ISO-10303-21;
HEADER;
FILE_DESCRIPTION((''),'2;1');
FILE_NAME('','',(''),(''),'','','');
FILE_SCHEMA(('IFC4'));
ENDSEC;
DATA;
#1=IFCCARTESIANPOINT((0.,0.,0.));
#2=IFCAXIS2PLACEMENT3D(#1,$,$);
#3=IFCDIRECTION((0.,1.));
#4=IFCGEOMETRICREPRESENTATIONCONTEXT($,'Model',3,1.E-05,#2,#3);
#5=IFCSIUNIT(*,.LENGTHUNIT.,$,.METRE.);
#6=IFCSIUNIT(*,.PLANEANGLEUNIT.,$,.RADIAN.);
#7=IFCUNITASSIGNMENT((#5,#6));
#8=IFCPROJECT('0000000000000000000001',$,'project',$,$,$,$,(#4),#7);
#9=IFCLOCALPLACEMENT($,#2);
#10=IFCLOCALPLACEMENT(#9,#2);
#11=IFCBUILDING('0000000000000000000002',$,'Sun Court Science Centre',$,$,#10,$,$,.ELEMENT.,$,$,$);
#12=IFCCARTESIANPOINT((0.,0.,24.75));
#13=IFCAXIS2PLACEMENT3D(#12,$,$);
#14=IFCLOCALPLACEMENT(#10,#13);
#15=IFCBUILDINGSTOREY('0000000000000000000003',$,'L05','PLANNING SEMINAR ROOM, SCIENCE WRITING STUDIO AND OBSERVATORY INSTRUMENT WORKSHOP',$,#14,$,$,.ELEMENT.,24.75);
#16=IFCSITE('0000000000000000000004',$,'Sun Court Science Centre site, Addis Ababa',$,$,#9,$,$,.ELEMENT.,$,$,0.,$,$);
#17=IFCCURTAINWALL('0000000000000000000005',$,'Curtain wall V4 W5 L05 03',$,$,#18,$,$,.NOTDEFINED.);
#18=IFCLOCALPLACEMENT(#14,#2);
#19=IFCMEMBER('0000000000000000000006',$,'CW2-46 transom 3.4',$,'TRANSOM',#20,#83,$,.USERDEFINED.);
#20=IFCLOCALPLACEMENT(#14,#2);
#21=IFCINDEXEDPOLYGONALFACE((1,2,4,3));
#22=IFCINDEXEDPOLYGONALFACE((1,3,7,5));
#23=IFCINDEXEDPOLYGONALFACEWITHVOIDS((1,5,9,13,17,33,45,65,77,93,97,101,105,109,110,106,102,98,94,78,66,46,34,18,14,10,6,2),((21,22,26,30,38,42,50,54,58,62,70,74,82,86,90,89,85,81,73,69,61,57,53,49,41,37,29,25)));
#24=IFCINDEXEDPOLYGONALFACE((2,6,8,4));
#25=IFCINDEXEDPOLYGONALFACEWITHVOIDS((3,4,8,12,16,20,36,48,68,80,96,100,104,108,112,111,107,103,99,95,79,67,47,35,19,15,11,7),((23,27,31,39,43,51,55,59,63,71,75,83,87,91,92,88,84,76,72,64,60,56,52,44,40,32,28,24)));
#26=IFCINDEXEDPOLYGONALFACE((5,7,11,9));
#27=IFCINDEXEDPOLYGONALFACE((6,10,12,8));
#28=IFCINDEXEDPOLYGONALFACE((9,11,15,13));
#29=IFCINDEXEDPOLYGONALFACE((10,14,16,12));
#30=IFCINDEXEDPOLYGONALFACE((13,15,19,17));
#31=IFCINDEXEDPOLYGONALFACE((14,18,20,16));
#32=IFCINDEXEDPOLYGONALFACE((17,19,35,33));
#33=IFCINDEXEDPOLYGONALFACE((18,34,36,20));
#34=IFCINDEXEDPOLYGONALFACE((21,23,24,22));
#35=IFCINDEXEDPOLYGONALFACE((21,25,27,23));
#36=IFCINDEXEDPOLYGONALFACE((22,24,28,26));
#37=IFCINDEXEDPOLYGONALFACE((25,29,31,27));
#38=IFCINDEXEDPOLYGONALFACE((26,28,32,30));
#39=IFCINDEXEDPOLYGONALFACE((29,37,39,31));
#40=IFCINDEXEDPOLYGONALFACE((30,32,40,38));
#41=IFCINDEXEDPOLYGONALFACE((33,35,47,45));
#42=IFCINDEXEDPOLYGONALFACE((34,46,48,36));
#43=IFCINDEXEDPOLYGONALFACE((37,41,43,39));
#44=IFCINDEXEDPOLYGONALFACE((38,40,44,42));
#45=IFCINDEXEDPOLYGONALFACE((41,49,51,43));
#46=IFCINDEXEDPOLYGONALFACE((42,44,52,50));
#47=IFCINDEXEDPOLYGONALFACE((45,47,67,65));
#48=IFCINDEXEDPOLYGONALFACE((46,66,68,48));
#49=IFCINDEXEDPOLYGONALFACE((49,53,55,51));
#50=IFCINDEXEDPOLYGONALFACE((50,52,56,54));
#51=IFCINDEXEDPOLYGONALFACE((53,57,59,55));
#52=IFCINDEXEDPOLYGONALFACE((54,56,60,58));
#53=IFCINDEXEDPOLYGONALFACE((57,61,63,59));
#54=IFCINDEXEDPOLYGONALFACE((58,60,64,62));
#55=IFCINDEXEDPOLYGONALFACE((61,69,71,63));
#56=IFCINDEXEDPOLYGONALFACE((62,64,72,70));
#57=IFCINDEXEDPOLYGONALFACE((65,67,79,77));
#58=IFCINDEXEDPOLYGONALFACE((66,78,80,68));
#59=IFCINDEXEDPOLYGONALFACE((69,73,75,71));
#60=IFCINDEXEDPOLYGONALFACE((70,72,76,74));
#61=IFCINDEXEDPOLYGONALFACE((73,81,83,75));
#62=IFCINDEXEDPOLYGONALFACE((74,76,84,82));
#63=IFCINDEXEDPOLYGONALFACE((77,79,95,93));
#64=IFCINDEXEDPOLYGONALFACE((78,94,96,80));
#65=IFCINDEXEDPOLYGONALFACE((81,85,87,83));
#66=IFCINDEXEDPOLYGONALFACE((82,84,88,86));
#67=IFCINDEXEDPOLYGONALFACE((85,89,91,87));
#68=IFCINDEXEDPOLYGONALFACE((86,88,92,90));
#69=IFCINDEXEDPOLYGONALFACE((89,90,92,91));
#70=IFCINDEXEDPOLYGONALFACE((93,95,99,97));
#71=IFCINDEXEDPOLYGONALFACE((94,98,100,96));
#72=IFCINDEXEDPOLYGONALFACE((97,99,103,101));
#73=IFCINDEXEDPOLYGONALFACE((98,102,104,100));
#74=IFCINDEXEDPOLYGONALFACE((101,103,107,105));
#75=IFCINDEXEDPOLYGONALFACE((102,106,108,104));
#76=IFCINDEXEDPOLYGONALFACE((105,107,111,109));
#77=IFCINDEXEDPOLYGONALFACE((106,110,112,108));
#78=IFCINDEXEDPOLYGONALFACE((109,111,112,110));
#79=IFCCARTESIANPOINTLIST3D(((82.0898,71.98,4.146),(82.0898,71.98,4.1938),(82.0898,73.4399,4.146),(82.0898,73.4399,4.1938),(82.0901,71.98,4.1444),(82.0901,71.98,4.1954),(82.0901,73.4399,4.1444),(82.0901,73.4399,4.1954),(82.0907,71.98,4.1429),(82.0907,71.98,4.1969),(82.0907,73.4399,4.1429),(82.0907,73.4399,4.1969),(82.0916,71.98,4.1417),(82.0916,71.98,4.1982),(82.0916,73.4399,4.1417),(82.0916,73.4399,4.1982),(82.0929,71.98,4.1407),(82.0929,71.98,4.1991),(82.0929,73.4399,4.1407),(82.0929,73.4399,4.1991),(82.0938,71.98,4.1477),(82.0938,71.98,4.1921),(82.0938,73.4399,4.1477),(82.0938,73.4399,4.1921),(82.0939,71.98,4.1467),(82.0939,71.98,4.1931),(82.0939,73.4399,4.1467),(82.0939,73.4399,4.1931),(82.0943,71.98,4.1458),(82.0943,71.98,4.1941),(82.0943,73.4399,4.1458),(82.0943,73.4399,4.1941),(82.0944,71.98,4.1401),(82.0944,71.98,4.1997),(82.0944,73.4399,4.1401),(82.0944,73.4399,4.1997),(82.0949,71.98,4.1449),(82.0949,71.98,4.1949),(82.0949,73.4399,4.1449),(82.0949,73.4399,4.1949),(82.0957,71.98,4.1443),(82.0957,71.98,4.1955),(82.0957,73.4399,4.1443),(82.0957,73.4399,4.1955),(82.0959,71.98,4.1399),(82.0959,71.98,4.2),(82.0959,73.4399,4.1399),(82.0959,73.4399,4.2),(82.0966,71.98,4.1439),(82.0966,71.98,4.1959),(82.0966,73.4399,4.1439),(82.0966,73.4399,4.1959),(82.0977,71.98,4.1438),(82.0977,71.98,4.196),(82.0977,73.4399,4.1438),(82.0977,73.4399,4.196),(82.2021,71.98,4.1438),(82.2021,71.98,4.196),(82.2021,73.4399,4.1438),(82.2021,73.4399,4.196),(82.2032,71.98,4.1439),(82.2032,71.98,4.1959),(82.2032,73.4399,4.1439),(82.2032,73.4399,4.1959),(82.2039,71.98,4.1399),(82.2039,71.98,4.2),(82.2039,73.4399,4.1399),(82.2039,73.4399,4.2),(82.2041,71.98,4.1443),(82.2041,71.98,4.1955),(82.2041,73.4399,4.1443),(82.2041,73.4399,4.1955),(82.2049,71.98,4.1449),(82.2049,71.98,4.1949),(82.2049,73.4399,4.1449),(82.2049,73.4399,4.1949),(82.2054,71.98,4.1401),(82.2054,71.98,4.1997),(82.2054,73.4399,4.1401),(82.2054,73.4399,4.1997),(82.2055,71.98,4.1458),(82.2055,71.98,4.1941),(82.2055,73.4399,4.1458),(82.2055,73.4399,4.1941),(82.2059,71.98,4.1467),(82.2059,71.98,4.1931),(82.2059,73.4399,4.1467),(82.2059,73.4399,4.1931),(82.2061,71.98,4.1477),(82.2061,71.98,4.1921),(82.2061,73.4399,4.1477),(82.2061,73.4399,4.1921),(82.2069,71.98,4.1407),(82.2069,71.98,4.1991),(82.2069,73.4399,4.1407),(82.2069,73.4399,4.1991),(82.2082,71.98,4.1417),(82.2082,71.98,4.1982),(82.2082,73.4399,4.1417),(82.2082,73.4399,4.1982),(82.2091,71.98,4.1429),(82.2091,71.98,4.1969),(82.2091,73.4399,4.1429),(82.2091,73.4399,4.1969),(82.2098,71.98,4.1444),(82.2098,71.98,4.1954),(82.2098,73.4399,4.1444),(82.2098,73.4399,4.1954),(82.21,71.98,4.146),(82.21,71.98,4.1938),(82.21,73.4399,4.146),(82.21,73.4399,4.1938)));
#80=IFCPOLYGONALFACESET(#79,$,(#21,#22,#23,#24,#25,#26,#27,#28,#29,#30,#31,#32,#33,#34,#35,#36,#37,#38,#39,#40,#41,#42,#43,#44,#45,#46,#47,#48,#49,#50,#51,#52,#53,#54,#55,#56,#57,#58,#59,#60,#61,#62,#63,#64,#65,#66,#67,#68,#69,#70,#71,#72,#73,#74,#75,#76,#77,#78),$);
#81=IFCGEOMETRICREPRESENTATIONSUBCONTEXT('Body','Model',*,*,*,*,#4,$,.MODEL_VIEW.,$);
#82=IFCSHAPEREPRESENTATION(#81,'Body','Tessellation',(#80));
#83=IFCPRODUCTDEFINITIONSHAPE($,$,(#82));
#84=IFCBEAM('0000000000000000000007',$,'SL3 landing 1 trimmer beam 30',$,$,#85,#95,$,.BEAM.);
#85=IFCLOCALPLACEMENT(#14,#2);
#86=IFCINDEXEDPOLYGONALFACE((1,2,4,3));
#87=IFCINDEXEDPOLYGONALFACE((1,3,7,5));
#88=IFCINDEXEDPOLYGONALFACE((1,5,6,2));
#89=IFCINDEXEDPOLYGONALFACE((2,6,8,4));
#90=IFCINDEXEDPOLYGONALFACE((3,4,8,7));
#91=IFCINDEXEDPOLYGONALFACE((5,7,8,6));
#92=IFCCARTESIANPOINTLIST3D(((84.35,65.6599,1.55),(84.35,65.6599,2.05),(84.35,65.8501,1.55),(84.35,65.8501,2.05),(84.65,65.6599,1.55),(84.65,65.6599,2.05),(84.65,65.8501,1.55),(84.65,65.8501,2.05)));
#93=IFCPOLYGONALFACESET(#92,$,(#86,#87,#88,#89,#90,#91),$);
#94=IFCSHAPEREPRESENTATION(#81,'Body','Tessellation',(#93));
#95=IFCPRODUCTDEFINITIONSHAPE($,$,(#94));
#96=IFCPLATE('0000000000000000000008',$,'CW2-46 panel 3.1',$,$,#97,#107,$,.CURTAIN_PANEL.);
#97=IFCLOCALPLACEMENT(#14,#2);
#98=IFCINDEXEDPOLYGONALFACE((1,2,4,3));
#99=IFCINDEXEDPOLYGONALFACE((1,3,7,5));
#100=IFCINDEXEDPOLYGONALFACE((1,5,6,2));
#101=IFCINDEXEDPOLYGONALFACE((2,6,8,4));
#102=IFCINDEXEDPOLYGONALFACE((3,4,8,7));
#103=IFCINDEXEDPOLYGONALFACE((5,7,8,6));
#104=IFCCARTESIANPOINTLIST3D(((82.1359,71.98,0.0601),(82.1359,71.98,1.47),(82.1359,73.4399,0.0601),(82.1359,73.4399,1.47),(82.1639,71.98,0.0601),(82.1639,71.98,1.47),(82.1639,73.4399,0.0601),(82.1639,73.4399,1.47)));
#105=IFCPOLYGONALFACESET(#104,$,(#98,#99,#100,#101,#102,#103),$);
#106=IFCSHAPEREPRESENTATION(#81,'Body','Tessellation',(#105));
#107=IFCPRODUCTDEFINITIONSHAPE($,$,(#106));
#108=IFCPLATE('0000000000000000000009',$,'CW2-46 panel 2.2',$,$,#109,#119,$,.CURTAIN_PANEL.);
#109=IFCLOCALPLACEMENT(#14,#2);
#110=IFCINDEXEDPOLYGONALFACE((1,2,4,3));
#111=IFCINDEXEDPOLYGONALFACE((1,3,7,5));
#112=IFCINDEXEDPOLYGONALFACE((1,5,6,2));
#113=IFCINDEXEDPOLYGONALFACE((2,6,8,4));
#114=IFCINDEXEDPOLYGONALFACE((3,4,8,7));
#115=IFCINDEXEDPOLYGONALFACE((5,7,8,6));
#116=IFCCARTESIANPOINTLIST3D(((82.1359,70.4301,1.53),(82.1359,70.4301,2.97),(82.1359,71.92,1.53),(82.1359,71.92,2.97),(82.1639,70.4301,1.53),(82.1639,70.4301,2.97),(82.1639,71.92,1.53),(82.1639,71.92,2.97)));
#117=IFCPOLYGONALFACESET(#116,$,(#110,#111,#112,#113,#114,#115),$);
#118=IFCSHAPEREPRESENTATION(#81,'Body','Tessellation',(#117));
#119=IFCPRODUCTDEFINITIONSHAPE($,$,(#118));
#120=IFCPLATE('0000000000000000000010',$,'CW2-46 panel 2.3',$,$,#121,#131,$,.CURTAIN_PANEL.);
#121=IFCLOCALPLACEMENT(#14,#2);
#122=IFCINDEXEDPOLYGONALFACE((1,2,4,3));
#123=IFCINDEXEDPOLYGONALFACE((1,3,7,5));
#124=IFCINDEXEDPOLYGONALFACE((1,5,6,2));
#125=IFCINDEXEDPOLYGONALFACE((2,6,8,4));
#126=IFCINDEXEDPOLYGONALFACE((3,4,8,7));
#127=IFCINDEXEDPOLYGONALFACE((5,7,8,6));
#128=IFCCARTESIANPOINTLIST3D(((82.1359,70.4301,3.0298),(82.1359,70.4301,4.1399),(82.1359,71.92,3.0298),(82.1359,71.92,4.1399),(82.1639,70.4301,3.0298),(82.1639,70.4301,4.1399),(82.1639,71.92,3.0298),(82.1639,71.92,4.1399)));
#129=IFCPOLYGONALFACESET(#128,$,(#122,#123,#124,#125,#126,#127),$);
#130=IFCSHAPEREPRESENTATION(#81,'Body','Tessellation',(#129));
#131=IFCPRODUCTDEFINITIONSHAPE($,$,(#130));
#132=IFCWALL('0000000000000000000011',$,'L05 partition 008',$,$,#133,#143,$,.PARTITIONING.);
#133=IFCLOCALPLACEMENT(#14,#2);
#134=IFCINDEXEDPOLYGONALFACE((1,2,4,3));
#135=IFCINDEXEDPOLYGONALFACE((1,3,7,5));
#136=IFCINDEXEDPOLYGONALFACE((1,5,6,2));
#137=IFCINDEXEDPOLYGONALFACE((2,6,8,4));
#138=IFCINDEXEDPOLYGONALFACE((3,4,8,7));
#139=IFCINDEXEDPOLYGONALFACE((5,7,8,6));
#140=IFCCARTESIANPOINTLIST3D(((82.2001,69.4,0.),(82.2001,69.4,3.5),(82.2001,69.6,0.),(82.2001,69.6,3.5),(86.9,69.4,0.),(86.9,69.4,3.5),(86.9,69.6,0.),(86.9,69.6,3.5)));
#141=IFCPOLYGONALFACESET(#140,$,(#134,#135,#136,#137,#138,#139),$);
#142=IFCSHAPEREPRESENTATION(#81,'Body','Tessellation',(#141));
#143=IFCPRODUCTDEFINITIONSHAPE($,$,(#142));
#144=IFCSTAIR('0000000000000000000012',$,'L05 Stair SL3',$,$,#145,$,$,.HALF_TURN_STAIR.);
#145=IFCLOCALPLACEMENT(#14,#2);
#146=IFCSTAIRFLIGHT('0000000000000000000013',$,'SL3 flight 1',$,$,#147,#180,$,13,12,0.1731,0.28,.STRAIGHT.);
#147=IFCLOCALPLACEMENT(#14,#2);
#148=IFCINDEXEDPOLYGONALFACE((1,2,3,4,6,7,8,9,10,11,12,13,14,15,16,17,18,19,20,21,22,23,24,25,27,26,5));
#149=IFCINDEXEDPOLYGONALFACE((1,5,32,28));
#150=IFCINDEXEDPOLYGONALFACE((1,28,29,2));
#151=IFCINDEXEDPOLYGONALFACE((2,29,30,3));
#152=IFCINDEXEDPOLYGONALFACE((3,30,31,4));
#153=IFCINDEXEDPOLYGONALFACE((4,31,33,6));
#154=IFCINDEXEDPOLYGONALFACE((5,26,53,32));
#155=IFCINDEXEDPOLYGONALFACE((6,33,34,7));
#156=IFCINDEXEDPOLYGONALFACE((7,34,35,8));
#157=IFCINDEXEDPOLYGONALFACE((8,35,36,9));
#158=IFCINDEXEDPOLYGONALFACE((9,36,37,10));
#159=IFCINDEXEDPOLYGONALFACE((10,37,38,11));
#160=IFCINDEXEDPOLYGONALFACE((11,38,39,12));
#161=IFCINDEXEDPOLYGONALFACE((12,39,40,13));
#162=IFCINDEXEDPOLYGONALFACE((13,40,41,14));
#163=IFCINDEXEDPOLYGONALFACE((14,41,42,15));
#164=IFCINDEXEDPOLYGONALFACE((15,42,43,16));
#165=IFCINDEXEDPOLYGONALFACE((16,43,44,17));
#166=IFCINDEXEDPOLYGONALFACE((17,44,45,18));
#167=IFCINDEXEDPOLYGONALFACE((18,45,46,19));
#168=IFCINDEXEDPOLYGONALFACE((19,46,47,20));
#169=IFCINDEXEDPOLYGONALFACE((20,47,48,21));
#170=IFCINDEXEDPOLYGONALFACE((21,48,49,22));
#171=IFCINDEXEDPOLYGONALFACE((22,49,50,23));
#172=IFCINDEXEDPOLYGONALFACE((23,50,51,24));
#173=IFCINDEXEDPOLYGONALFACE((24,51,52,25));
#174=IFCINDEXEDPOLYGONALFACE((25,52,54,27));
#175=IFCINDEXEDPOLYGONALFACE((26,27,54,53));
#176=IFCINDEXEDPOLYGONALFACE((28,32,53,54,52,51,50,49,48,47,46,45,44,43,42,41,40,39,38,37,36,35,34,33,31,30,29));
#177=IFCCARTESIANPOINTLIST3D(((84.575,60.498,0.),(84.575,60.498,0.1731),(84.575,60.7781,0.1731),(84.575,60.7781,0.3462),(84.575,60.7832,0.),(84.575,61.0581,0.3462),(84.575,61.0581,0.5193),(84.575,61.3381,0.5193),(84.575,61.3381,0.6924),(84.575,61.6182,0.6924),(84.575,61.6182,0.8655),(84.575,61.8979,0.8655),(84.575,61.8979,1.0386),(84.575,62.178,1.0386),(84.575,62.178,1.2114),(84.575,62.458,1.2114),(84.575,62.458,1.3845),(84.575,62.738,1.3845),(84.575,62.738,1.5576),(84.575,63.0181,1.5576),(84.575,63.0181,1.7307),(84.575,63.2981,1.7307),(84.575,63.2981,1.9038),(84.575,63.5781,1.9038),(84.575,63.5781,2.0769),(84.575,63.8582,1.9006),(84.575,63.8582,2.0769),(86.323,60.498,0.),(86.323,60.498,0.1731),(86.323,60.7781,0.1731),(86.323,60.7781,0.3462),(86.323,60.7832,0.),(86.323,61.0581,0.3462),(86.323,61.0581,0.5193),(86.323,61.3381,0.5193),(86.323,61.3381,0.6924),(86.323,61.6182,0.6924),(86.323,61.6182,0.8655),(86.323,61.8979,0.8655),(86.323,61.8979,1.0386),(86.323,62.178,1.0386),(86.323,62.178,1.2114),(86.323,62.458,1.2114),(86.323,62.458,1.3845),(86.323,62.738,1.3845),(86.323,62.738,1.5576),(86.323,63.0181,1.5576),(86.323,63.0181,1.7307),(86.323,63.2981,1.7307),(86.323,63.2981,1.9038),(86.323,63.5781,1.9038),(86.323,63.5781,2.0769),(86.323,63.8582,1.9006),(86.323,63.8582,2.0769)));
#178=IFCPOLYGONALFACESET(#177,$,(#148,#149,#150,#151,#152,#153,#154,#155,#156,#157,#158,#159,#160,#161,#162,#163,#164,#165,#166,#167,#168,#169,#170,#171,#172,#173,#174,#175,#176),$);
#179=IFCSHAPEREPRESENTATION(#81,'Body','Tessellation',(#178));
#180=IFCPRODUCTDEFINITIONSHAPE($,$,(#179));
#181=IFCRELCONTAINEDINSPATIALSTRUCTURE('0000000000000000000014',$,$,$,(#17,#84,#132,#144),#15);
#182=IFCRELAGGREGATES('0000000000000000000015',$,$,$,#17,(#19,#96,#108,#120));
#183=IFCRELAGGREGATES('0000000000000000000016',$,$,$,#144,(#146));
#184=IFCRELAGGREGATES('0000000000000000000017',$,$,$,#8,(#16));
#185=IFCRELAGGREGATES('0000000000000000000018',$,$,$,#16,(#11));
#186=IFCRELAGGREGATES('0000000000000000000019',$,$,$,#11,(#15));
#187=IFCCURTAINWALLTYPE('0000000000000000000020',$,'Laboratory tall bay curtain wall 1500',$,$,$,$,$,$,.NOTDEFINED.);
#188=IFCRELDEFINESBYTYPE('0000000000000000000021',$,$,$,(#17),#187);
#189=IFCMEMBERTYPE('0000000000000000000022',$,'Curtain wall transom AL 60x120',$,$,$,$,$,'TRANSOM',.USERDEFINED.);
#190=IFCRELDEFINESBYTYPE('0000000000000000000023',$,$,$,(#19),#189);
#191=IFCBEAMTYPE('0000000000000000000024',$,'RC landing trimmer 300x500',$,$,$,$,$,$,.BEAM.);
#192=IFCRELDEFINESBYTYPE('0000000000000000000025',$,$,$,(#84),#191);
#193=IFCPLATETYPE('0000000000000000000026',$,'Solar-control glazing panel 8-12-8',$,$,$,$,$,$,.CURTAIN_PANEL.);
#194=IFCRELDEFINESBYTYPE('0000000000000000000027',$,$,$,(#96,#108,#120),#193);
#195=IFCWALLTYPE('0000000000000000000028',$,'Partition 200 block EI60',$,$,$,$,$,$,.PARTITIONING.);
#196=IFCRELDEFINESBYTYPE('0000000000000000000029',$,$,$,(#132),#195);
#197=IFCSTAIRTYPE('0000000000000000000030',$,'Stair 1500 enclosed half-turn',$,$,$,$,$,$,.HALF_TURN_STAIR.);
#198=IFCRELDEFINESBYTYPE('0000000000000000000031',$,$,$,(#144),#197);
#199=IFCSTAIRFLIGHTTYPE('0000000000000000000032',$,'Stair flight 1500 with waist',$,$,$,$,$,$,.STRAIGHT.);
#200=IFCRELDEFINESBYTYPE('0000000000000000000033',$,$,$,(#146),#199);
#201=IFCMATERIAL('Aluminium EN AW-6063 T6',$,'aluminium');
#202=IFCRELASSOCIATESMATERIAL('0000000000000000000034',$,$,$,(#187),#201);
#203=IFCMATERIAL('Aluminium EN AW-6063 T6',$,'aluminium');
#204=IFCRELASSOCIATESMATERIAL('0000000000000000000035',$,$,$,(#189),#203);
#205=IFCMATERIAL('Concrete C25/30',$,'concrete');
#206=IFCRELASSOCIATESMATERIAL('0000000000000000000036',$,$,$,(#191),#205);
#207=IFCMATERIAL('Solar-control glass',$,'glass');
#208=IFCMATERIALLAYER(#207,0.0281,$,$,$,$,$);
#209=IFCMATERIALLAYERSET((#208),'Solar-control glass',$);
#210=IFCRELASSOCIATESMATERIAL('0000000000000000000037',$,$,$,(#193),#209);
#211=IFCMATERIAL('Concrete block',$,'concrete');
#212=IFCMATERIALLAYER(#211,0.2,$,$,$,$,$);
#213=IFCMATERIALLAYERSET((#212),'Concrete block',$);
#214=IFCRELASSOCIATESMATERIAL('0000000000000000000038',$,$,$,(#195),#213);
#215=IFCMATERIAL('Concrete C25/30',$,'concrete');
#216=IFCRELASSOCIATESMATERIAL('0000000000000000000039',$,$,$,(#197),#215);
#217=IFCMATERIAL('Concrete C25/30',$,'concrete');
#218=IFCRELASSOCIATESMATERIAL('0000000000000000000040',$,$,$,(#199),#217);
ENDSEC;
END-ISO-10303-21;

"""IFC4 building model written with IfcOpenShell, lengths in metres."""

from ifc_helpers import new_model, si_unit, direction, frame, frame_2d, origin, origin_2d, place, context, subcontext, project, spatial, polyline, rectangle, hollow_rectangle, outline, extrude, material, layer, layer_set, material_profile, profile_set, type_object, element, aggregate, save


model = new_model("IFC4")

# Units and contexts
model_context = context("Model", 3, precision=1e-05, world=origin(), true_north=direction((0.0, 1.0)))
body_context = subcontext(model_context, "Body", "Model", "MODEL_VIEW")
ifc_project = project(units=[si_unit("LENGTHUNIT", "METRE"), si_unit("PLANEANGLEUNIT", "RADIAN")], contexts=[model_context])

# Site, building, storey
site_placement = place(None, origin())
site = spatial("IfcSite", under=ifc_project, at=site_placement, Name="Sun Court Science Centre site, Addis Ababa", CompositionType="ELEMENT", RefElevation=0.0)
building_placement = place(site_placement, origin())
building = spatial("IfcBuilding", under=site, at=building_placement, Name="Sun Court Science Centre", CompositionType="ELEMENT")
storey_placement = place(building_placement, frame((0.0, 0.0, 24.75)))
storey = spatial("IfcBuildingStorey", under=building, at=storey_placement, Name="L05", Description="PLANNING SEMINAR ROOM, SCIENCE WRITING STUDIO AND OBSERVATORY INSTRUMENT WORKSHOP", CompositionType="ELEMENT", Elevation=24.75)

# Curtain wall, member
ifc_material_1 = material(Name="Aluminium EN AW-6063 T6", Category="aluminium")
curtain_wall_type = type_object("IfcCurtainWallType", Name="Laboratory tall bay curtain wall 1500", PredefinedType="NOTDEFINED", material=ifc_material_1)
curtain_wall_placement = place(storey_placement, origin())
curtain_wall = element("IfcCurtainWall", 1, at=curtain_wall_placement, inside=storey, type_object=curtain_wall_type, Name="Curtain wall V4 W5 L05 03", PredefinedType="NOTDEFINED")
ifc_material_2 = material(Name="Aluminium EN AW-6063 T6", Category="aluminium")
ifc_material_profile_1 = material_profile(ifc_material_2, hollow_rectangle(XDim=0.0601, YDim=0.1201, WallThickness=0.0039, InnerFilletRadius=0.0039, OuterFilletRadius=0.0061, at=origin_2d()), Name="AL 60x120x4")
ifc_profile_set_1 = profile_set([ifc_material_profile_1], Name="Aluminium EN AW-6063 T6")
member_type_1 = type_object("IfcMemberType", Name="Curtain wall transom AL 60x120", ElementType="TRANSOM", PredefinedType="USERDEFINED", material=ifc_profile_set_1)
member_1_placement = place(storey_placement, frame((82.1499, 71.98, 4.1699), z_axis=(0.0, 1.0, 0.0), x_axis=(0.0, 0.0, 1.0)))
member_1 = element("IfcMember", 2, at=member_1_placement, type_object=member_type_1, Name="CW2-46 transom 3.4", ObjectType="TRANSOM", PredefinedType="USERDEFINED", context=body_context, shape_type="SweptSolid", body=[
    extrude(hollow_rectangle(XDim=0.0601, YDim=0.1201, WallThickness=0.0039, InnerFilletRadius=0.0039, OuterFilletRadius=0.0061, at=origin_2d()), origin(), (0.0, 0.0, 1.0), 1.46),
])

# Beam
ifc_material_3 = material(Name="Concrete C25/30", Category="concrete")
ifc_material_profile_2 = material_profile(ifc_material_3, rectangle(XDim=0.3, YDim=0.5, at=origin_2d()), Name="RC 300x500")
ifc_profile_set_2 = profile_set([ifc_material_profile_2], Name="Concrete C25/30")
beam_type = type_object("IfcBeamType", Name="RC landing trimmer 300x500", PredefinedType="BEAM", material=ifc_profile_set_2)
beam_placement = place(storey_placement, frame((84.5, 65.8501, 1.8), z_axis=(0.0, -1.0, 0.0), x_axis=(1.0, 0.0, 0.0)))
element("IfcBeam", 3, at=beam_placement, inside=storey, type_object=beam_type, Name="SL3 landing 1 trimmer beam 30", PredefinedType="BEAM", context=body_context, shape_type="SweptSolid", body=[
    extrude(rectangle(XDim=0.3, YDim=0.5, at=origin_2d()), origin(), (0.0, 0.0, 1.0), 0.1902),
])

# Plates
ifc_material_4 = material(Name="Solar-control glass", Category="glass")
ifc_layer_1 = layer(ifc_material_4, 0.0281)
ifc_layer_set_1 = layer_set([ifc_layer_1], Name="Solar-control glass")
plate_type = type_object("IfcPlateType", Name="Solar-control glazing panel 8-12-8", PredefinedType="CURTAIN_PANEL", material=ifc_layer_set_1)
plate_1_placement = place(storey_placement, frame((82.1499, 72.71, 0.0601), z_axis=(0.0, 0.0, 1.0), x_axis=(0.0, 1.0, 0.0)))
plate_1 = element("IfcPlate", 4, at=plate_1_placement, type_object=plate_type, Name="CW2-46 panel 3.1", PredefinedType="CURTAIN_PANEL", context=body_context, shape_type="SweptSolid", body=[
    extrude(rectangle(XDim=1.46, YDim=0.0281, at=origin_2d()), origin(), (0.0, 0.0, 1.0), 1.4099),
])
plate_2_placement = place(storey_placement, frame((82.1499, 71.175, 1.53), z_axis=(0.0, 0.0, 1.0), x_axis=(0.0, 1.0, 0.0)))
plate_2 = element("IfcPlate", 5, at=plate_2_placement, type_object=plate_type, Name="CW2-46 panel 2.2", PredefinedType="CURTAIN_PANEL", context=body_context, shape_type="SweptSolid", body=[
    extrude(rectangle(XDim=1.49, YDim=0.0281, at=origin_2d()), origin(), (0.0, 0.0, 1.0), 1.4399),
])
plate_3_placement = place(storey_placement, frame((82.1499, 71.175, 3.0298), z_axis=(0.0, 0.0, 1.0), x_axis=(0.0, 1.0, 0.0)))
plate_3 = element("IfcPlate", 6, at=plate_3_placement, type_object=plate_type, Name="CW2-46 panel 2.3", PredefinedType="CURTAIN_PANEL", context=body_context, shape_type="SweptSolid", body=[
    extrude(rectangle(XDim=1.49, YDim=0.0281, at=origin_2d()), origin(), (0.0, 0.0, 1.0), 1.1101),
])
aggregate(curtain_wall, [member_1, plate_1, plate_2, plate_3])

# Wall
ifc_material_5 = material(Name="Concrete block", Category="concrete")
ifc_layer_2 = layer(ifc_material_5, 0.2)
ifc_layer_set_2 = layer_set([ifc_layer_2], Name="Concrete block")
wall_type = type_object("IfcWallType", Name="Partition 200 block EI60", PredefinedType="PARTITIONING", material=ifc_layer_set_2)
wall_placement = place(storey_placement, frame((82.2, 69.5, 0.0), z_axis=(0.0, 0.0, 1.0), x_axis=(1.0, 0.0, 0.0)))
element("IfcWall", 7, at=wall_placement, inside=storey, type_object=wall_type, Name="L05 partition 008", PredefinedType="PARTITIONING", context=body_context, shape_type="SweptSolid", body=[
    extrude(rectangle(XDim=4.7, YDim=0.2, at=frame_2d((2.3501, 0.0))), origin(), (0.0, 0.0, 1.0), 3.5),
])

# Stair, stair flight
ifc_material_6 = material(Name="Concrete C25/30", Category="concrete")
stair_type = type_object("IfcStairType", Name="Stair 1500 enclosed half-turn", PredefinedType="HALF_TURN_STAIR", material=ifc_material_6)
stair_placement = place(storey_placement, origin())
stair = element("IfcStair", 8, at=stair_placement, inside=storey, type_object=stair_type, Name="L05 Stair SL3", PredefinedType="HALF_TURN_STAIR")
ifc_material_7 = material(Name="Concrete C25/30", Category="concrete")
stair_flight_type = type_object("IfcStairFlightType", Name="Stair flight 1500 with waist", PredefinedType="STRAIGHT", material=ifc_material_7)
stair_flight_1_placement = place(storey_placement, frame((85.449, 60.498, 0.0), z_axis=(0.0, 0.0, 1.0), x_axis=(0.0, 1.0, 0.0)))
stair_flight_1 = element("IfcStairFlight", 9, at=stair_flight_1_placement, type_object=stair_flight_type, Name="SL3 flight 1", NumberOfRisers=13, NumberOfTreads=12, PredefinedType="STRAIGHT", RiserHeight=0.1731, TreadLength=0.28, context=body_context, shape_type="SweptSolid", body=[
    extrude(outline(polyline([(0.0, 0.0), (0.0, 0.1731), (0.28, 0.1731), (0.28, 0.3462), (0.5601, 0.3462), (0.5601, 0.5193), (0.8401, 0.5193), (0.8401, 0.6924), (1.1201, 0.6924), (1.1201, 0.8655), (1.3999, 0.8655), (1.3999, 1.0386), (1.6799, 1.0386), (1.6799, 1.2114), (1.96, 1.2114), (1.96, 1.3845), (2.24, 1.3845), (2.24, 1.5576), (2.52, 1.5576), (2.52, 1.7307), (2.8, 1.7307), (2.8, 1.9038), (3.0801, 1.9038), (3.0801, 2.0769), (3.3601, 2.0769), (3.3601, 2.25), (3.3601, 1.9006), (0.2852, 0.0), (0.0, 0.0)])), frame((0.0, 0.874, 0.0), z_axis=(0.0, -1.0, 0.0), x_axis=(1.0, 0.0, 0.0)), (0.0, 0.0, 1.0), 1.748),
])
aggregate(stair, [stair_flight_1])

save(model, "model.ifc")
